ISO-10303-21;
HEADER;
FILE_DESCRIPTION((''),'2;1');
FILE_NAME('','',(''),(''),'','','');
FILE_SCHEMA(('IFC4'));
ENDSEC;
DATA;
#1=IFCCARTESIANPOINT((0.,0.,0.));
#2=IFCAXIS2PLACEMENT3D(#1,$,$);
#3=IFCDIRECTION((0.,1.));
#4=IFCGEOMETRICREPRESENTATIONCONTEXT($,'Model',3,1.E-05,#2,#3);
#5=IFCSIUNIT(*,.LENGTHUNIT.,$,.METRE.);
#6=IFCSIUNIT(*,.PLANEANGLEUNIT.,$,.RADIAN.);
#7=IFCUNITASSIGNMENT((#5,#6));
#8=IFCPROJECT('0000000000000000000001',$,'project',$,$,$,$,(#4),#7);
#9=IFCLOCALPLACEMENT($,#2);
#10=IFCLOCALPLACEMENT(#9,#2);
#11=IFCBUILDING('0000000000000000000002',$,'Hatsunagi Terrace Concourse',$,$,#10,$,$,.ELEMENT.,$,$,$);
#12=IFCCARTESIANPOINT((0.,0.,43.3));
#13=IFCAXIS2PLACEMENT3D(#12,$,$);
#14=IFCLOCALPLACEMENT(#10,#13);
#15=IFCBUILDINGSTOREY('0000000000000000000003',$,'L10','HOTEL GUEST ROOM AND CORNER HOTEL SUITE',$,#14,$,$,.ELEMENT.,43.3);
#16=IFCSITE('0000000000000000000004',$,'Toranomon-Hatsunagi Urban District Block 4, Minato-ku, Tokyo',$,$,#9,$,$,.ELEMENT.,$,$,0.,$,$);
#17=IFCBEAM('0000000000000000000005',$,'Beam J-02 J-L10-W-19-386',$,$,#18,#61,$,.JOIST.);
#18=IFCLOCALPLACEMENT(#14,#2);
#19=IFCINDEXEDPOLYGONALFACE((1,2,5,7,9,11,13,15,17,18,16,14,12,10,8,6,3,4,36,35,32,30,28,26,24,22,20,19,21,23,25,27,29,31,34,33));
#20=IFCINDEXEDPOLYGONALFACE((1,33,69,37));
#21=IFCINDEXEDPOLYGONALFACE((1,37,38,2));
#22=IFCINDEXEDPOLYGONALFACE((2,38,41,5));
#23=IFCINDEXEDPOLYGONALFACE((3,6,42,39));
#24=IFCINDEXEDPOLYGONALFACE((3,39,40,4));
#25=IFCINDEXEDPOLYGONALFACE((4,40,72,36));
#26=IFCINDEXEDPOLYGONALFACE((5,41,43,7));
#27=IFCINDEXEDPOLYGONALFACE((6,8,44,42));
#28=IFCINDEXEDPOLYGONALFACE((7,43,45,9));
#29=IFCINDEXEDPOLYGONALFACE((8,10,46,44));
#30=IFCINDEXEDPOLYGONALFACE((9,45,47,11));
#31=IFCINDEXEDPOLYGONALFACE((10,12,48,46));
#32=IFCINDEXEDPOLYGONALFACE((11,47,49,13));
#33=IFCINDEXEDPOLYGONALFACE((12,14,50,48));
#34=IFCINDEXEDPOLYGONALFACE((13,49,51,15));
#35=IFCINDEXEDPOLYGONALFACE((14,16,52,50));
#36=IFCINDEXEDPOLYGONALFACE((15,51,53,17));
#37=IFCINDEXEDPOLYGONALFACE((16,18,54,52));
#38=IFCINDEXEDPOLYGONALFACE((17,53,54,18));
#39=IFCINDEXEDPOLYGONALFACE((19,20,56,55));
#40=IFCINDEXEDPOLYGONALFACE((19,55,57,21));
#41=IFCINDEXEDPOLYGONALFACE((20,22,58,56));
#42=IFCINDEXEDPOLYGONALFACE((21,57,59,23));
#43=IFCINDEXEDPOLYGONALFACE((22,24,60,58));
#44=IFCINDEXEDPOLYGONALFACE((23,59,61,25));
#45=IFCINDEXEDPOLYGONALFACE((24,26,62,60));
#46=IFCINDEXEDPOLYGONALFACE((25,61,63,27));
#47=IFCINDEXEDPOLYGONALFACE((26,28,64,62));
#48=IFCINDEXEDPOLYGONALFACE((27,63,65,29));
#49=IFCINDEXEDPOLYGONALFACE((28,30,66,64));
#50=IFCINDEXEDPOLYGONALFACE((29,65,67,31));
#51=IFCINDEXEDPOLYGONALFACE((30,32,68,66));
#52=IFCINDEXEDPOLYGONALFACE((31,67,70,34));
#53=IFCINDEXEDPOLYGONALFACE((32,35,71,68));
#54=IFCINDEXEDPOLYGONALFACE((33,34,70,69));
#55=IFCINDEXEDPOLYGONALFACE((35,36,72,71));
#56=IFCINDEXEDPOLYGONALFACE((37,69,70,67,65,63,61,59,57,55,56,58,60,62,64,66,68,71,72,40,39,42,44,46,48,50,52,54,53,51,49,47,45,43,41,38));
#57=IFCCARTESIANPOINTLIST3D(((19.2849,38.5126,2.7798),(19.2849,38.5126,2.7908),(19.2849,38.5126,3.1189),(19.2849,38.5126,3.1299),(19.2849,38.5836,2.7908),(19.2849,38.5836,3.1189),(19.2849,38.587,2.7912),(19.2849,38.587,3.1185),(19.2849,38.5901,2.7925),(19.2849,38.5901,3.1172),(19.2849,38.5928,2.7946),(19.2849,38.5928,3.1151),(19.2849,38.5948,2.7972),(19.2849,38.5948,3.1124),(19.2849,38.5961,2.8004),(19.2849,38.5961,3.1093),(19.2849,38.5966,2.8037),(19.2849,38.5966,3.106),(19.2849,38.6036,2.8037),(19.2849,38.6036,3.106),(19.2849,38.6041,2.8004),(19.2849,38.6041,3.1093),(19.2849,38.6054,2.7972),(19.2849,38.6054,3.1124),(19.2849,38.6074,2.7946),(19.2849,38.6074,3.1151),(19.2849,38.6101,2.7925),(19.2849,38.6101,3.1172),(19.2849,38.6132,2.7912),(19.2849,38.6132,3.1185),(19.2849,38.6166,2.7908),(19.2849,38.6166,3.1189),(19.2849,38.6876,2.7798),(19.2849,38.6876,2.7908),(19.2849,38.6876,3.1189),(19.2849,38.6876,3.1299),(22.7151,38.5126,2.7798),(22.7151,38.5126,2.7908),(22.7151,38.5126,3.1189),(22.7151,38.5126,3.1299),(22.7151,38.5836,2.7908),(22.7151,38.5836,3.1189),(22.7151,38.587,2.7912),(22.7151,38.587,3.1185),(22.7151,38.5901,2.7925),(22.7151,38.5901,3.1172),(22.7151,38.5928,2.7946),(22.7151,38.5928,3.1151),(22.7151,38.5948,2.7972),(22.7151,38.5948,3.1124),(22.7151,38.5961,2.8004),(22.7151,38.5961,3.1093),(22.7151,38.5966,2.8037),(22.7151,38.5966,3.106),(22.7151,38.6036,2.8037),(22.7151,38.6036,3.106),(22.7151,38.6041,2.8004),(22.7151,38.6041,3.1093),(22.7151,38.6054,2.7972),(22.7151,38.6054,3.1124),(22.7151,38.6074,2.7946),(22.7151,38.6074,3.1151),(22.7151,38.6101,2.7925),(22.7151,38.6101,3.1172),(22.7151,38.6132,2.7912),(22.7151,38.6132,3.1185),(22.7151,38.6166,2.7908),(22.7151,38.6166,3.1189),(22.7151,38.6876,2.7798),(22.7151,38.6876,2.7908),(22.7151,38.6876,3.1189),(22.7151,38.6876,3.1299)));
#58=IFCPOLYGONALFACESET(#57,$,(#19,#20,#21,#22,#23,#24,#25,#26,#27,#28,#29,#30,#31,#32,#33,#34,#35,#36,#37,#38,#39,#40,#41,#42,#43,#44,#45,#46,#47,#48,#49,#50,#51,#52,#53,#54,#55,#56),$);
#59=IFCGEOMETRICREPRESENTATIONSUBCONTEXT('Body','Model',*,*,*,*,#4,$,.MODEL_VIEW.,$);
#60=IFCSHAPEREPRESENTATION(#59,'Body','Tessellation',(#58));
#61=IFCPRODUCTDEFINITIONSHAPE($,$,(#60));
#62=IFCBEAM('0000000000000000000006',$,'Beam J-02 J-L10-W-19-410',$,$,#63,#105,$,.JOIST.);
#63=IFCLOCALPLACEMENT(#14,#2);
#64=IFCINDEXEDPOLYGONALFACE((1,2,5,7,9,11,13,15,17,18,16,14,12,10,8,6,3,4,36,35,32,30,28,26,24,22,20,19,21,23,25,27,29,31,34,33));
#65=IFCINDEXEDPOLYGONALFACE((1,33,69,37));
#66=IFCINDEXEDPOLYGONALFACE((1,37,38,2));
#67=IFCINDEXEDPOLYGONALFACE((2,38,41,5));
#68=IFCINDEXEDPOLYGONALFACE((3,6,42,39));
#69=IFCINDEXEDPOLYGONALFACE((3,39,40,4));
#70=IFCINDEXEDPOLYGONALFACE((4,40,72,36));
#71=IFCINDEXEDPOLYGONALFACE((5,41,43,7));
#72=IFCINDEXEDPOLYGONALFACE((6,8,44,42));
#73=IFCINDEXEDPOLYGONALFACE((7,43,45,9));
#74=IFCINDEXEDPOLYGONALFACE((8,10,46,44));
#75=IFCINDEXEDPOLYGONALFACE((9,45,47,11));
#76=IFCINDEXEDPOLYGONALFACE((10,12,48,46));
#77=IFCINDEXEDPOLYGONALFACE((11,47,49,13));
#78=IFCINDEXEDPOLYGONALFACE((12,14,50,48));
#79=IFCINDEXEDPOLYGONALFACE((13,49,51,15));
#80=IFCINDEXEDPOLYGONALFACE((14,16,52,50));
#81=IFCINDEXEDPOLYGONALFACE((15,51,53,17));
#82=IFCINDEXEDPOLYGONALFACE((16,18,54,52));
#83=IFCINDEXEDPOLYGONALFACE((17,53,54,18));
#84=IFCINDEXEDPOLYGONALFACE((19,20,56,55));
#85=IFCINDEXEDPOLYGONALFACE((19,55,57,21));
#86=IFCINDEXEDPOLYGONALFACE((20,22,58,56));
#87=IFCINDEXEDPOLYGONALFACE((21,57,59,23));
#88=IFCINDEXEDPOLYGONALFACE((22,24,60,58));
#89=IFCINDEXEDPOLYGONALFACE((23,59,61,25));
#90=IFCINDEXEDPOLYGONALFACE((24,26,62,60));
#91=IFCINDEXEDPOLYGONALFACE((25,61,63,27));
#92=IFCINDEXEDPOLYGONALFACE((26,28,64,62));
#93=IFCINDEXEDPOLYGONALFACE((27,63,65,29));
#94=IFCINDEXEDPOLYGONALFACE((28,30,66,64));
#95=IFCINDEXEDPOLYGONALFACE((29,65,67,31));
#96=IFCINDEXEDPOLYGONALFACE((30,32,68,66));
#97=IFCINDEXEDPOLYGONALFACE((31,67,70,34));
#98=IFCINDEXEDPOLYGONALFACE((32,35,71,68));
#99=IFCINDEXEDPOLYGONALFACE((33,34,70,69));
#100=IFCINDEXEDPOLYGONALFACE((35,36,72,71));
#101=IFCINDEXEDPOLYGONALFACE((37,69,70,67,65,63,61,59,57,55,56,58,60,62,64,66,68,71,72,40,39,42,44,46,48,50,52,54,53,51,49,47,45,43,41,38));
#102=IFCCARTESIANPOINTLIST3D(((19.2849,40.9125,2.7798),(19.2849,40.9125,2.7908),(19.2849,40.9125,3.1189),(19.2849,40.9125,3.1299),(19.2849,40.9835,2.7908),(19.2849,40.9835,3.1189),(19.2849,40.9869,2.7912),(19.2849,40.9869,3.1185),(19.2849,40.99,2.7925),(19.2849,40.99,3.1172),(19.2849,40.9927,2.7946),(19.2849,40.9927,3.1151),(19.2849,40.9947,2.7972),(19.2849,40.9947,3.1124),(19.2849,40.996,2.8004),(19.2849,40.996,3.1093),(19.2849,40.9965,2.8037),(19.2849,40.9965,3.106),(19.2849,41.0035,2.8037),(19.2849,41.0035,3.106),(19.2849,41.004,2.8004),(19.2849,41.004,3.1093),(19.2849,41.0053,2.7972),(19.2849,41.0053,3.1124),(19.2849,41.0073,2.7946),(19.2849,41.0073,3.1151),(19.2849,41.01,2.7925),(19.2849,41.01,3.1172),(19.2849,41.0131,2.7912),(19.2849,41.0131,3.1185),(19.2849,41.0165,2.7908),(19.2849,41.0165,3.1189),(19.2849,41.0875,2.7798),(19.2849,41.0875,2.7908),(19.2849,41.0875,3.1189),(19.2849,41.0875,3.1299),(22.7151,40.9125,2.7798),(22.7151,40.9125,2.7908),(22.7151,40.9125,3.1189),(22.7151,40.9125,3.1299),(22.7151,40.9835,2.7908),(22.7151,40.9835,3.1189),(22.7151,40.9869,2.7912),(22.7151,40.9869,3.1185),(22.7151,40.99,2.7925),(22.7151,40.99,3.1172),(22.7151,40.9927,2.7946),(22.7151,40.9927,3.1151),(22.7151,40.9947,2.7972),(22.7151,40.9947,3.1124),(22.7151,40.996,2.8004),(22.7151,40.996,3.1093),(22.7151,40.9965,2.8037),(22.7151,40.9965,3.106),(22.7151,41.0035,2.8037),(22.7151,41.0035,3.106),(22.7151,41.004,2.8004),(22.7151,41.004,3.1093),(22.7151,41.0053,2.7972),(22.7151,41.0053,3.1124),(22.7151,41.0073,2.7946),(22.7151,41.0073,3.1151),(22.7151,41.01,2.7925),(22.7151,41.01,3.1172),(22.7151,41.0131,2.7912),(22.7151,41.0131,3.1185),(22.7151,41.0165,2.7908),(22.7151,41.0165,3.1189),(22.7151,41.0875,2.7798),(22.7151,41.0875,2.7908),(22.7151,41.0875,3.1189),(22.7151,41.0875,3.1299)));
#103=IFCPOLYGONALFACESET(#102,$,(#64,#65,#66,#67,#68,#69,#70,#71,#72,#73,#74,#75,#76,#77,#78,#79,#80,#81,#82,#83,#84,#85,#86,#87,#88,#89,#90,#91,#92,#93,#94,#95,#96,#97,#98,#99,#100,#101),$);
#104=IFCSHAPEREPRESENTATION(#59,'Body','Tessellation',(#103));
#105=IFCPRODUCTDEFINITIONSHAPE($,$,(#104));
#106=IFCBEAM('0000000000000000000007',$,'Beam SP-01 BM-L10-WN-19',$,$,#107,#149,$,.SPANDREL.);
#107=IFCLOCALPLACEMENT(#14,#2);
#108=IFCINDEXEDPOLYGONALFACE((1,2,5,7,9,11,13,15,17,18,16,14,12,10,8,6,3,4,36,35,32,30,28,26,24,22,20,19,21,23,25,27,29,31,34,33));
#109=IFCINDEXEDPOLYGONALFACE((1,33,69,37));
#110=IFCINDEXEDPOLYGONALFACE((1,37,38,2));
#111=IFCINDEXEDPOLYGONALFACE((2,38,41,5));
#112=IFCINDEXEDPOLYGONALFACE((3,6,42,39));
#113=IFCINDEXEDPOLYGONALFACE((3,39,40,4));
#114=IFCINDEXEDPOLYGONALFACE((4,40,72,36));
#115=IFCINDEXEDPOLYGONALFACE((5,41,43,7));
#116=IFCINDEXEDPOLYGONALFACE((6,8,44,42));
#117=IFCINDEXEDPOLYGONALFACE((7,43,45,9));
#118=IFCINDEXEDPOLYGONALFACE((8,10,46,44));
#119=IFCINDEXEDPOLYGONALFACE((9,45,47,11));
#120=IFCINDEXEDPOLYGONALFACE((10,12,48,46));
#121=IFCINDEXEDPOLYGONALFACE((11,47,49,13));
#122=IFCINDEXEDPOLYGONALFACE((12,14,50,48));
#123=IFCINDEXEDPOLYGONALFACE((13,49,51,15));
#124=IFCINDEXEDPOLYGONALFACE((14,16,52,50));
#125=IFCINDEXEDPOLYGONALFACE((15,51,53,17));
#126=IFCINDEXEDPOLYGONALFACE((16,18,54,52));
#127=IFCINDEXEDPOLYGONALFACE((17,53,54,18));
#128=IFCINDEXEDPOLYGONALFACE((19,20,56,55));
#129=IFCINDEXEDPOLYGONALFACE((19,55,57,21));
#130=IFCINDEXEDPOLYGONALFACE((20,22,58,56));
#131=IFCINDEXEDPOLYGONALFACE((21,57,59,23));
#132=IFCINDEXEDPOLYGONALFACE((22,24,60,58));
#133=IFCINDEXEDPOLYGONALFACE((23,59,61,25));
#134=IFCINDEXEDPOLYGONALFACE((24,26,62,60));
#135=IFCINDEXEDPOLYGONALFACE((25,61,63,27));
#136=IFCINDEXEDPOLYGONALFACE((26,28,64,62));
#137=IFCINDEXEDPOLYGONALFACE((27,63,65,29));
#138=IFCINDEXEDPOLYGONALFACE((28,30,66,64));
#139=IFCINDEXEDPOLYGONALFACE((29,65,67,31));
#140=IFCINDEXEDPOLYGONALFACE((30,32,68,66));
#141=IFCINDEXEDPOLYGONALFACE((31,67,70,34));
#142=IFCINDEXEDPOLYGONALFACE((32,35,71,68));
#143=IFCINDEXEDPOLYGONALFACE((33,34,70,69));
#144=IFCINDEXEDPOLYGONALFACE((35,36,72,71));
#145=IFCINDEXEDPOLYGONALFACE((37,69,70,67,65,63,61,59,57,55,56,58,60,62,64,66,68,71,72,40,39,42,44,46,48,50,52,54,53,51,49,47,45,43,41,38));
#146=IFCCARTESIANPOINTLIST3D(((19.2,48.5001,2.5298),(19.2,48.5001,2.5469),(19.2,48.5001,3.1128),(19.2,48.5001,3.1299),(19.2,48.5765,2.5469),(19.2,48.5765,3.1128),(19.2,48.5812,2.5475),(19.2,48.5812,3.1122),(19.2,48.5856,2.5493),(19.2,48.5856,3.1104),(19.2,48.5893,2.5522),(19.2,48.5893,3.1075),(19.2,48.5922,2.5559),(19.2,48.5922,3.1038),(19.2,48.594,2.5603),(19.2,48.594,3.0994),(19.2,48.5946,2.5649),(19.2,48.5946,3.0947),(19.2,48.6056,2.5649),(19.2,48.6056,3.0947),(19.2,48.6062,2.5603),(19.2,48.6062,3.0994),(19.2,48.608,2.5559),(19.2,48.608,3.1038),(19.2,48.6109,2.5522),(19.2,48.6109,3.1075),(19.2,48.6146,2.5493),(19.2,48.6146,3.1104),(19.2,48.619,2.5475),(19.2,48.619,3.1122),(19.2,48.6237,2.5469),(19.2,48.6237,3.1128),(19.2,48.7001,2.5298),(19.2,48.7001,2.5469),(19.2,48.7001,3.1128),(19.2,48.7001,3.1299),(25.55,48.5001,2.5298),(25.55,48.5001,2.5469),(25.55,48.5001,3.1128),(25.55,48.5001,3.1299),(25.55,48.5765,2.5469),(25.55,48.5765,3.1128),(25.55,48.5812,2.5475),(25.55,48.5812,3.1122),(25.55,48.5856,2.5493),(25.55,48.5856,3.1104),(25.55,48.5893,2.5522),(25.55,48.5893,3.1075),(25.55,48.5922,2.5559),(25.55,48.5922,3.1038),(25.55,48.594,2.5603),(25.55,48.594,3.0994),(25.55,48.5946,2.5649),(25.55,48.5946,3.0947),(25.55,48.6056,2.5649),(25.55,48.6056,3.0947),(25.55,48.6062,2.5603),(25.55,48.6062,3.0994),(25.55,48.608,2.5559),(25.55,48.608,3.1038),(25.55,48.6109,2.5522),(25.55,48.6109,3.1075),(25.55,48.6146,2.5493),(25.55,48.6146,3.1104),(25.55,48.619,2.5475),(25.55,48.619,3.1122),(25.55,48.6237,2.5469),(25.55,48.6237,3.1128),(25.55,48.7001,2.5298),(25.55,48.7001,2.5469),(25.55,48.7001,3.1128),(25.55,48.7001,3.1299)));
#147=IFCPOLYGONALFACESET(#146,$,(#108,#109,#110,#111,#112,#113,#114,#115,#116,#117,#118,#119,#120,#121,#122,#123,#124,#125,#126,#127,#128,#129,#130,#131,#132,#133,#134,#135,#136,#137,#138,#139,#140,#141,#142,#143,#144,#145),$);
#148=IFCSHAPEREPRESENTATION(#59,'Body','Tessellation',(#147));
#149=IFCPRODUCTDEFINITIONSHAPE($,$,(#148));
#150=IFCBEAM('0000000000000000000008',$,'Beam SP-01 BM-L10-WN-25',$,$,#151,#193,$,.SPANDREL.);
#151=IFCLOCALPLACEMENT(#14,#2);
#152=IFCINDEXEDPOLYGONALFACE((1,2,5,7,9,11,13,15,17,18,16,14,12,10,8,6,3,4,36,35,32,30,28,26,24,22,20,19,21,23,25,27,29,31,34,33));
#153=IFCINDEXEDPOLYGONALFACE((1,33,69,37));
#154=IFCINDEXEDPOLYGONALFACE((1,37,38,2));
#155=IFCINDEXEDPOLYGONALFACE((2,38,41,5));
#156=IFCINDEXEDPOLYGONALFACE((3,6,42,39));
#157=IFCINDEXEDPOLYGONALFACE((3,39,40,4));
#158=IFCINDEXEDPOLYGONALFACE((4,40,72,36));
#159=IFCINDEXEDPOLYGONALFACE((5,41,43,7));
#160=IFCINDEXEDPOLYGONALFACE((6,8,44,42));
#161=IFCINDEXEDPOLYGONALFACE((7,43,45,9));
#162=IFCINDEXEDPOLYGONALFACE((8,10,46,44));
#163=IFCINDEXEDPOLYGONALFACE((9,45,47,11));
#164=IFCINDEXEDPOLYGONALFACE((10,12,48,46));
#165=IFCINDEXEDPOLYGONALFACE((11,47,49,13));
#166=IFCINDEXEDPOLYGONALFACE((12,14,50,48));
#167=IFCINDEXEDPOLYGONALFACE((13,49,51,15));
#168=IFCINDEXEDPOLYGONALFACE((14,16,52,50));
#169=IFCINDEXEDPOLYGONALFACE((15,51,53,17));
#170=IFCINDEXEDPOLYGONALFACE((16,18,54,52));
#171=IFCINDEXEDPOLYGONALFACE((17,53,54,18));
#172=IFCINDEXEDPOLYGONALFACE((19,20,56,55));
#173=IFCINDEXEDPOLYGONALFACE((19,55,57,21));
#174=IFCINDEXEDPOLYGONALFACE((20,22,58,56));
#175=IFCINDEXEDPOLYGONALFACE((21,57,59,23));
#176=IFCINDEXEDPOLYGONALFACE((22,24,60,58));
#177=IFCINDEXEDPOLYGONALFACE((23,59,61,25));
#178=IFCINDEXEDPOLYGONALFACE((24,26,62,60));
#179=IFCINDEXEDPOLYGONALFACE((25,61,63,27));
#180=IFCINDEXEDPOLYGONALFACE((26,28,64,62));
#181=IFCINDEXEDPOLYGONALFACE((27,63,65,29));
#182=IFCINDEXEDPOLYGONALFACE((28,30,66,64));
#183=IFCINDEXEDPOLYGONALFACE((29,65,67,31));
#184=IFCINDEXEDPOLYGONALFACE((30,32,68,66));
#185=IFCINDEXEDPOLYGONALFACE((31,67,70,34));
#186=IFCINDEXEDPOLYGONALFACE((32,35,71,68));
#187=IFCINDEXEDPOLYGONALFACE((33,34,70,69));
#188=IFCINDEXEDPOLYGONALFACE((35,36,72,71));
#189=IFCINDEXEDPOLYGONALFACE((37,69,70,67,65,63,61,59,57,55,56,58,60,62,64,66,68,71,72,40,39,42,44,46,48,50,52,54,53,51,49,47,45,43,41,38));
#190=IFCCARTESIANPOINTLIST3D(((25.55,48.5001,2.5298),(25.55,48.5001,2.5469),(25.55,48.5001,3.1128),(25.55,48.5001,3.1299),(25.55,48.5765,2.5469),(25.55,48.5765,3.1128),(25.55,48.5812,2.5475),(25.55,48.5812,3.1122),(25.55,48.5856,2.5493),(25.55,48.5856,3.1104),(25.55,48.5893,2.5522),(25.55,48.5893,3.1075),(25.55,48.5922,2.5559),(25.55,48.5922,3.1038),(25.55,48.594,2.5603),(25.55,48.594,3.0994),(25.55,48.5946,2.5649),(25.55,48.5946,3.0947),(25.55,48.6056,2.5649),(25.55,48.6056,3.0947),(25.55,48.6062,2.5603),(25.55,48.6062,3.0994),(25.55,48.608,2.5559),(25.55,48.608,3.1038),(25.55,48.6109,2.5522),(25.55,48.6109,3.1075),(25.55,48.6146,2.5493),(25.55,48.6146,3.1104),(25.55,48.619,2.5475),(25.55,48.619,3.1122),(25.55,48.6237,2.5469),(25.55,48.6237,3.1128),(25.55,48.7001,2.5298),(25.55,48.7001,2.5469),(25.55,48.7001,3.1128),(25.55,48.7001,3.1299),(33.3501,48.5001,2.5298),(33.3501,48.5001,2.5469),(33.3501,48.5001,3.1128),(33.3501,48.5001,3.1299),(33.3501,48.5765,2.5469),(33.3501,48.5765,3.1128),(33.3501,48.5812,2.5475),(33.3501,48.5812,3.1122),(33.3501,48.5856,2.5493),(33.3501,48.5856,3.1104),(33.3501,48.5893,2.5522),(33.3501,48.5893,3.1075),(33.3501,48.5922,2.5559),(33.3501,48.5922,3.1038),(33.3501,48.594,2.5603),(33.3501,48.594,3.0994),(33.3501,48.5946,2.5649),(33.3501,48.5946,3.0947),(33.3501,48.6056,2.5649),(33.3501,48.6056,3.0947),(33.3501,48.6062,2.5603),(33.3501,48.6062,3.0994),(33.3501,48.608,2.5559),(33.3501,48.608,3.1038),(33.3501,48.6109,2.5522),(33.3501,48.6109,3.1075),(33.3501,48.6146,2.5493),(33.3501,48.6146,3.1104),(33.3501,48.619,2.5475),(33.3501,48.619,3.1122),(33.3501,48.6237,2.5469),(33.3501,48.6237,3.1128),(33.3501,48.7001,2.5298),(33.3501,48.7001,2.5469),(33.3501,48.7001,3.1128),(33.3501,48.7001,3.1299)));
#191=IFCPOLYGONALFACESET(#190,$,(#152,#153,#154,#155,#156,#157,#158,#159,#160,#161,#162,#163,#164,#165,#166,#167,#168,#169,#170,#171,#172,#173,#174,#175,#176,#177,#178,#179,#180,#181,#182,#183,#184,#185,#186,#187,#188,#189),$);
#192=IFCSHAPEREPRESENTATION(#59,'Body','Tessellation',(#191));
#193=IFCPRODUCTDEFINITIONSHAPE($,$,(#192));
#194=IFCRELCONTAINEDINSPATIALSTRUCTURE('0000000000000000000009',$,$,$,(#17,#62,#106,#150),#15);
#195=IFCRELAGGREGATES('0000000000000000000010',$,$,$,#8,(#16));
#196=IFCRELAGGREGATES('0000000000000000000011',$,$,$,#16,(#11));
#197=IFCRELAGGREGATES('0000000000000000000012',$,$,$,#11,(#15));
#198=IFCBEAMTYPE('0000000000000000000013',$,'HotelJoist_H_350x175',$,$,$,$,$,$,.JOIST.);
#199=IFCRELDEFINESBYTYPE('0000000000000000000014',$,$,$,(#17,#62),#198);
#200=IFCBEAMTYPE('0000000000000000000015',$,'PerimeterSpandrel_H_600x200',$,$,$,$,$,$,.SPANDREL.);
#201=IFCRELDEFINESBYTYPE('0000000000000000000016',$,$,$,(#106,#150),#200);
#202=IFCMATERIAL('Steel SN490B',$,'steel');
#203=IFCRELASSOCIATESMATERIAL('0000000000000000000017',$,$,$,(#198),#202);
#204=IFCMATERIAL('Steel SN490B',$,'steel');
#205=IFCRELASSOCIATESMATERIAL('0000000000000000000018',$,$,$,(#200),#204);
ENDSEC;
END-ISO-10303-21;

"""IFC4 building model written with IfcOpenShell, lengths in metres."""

from ifc_helpers import new_model, si_unit, direction, frame, origin, origin_2d, place, context, subcontext, project, spatial, i_section, extrude, material, material_profile, profile_set, type_object, element, save


model = new_model("IFC4")

# Units and contexts
model_context = context("Model", 3, precision=1e-05, world=origin(), true_north=direction((0.0, 1.0)))
body_context = subcontext(model_context, "Body", "Model", "MODEL_VIEW")
ifc_project = project(units=[si_unit("LENGTHUNIT", "METRE"), si_unit("PLANEANGLEUNIT", "RADIAN")], contexts=[model_context])

# Site, building, storey
site_placement = place(None, origin())
site = spatial("IfcSite", under=ifc_project, at=site_placement, Name="Toranomon-Hatsunagi Urban District Block 4, Minato-ku, Tokyo", CompositionType="ELEMENT", RefElevation=0.0)
building_placement = place(site_placement, origin())
building = spatial("IfcBuilding", under=site, at=building_placement, Name="Hatsunagi Terrace Concourse", CompositionType="ELEMENT")
storey_placement = place(building_placement, frame((0.0, 0.0, 43.3)))
storey = spatial("IfcBuildingStorey", under=building, at=storey_placement, Name="L10", Description="HOTEL GUEST ROOM AND CORNER HOTEL SUITE", CompositionType="ELEMENT", Elevation=43.3)

# Beams
ifc_material_1 = material(Name="Steel SN490B", Category="steel")
ifc_material_profile_1 = material_profile(ifc_material_1, i_section(OverallWidth=0.175, OverallDepth=0.3501, WebThickness=0.0071, FlangeThickness=0.011, FilletRadius=0.0129, at=origin_2d()), Name="H-350x175x7x11")
ifc_profile_set_1 = profile_set([ifc_material_profile_1], Name="Steel SN490B")
beam_type_1 = type_object("IfcBeamType", Name="HotelJoist_H_350x175", PredefinedType="JOIST", material=ifc_profile_set_1)
for number, where, z_axis, x_axis, name in (
    (1, (19.2849, 38.6001, 2.9548), (1.0, 0.0, 0.0), (0.0, 1.0, 0.0), "Beam J-02 J-L10-W-19-386"),
    (2, (19.2849, 41.0, 2.9548), (1.0, 0.0, 0.0), (0.0, 1.0, 0.0), "Beam J-02 J-L10-W-19-410"),
):
    element("IfcBeam", number, at=place(storey_placement, frame(where, z_axis=z_axis, x_axis=x_axis)), inside=storey, type_object=beam_type_1, Name=name, PredefinedType="JOIST", context=body_context, shape_type="SweptSolid", body=[
        extrude(i_section(OverallWidth=0.175, OverallDepth=0.3501, WebThickness=0.0071, FlangeThickness=0.011, FilletRadius=0.0129, at=origin_2d()), origin(), (0.0, 0.0, 1.0), 3.4302),
    ])
ifc_material_2 = material(Name="Steel SN490B", Category="steel")
ifc_material_profile_2 = material_profile(ifc_material_2, i_section(OverallWidth=0.2, OverallDepth=0.6001, WebThickness=0.011, FlangeThickness=0.0171, FilletRadius=0.0181, at=origin_2d()), Name="H-600x200x11x17")
ifc_profile_set_2 = profile_set([ifc_material_profile_2], Name="Steel SN490B")
beam_type_2 = type_object("IfcBeamType", Name="PerimeterSpandrel_H_600x200", PredefinedType="SPANDREL", material=ifc_profile_set_2)
beam_1_placement = place(storey_placement, frame((19.2, 48.6001, 2.8298), z_axis=(1.0, 0.0, 0.0), x_axis=(0.0, 1.0, 0.0)))
element("IfcBeam", 3, at=beam_1_placement, inside=storey, type_object=beam_type_2, Name="Beam SP-01 BM-L10-WN-19", PredefinedType="SPANDREL", context=body_context, shape_type="SweptSolid", body=[
    extrude(i_section(OverallWidth=0.2, OverallDepth=0.6001, WebThickness=0.011, FlangeThickness=0.0171, FilletRadius=0.0181, at=origin_2d()), origin(), (0.0, 0.0, 1.0), 6.3501),
])
beam_2_placement = place(storey_placement, frame((25.55, 48.6001, 2.8298), z_axis=(1.0, 0.0, 0.0), x_axis=(0.0, 1.0, 0.0)))
element("IfcBeam", 4, at=beam_2_placement, inside=storey, type_object=beam_type_2, Name="Beam SP-01 BM-L10-WN-25", PredefinedType="SPANDREL", context=body_context, shape_type="SweptSolid", body=[
    extrude(i_section(OverallWidth=0.2, OverallDepth=0.6001, WebThickness=0.011, FlangeThickness=0.0171, FilletRadius=0.0181, at=origin_2d()), origin(), (0.0, 0.0, 1.0), 7.8),
])

save(model, "model.ifc")
